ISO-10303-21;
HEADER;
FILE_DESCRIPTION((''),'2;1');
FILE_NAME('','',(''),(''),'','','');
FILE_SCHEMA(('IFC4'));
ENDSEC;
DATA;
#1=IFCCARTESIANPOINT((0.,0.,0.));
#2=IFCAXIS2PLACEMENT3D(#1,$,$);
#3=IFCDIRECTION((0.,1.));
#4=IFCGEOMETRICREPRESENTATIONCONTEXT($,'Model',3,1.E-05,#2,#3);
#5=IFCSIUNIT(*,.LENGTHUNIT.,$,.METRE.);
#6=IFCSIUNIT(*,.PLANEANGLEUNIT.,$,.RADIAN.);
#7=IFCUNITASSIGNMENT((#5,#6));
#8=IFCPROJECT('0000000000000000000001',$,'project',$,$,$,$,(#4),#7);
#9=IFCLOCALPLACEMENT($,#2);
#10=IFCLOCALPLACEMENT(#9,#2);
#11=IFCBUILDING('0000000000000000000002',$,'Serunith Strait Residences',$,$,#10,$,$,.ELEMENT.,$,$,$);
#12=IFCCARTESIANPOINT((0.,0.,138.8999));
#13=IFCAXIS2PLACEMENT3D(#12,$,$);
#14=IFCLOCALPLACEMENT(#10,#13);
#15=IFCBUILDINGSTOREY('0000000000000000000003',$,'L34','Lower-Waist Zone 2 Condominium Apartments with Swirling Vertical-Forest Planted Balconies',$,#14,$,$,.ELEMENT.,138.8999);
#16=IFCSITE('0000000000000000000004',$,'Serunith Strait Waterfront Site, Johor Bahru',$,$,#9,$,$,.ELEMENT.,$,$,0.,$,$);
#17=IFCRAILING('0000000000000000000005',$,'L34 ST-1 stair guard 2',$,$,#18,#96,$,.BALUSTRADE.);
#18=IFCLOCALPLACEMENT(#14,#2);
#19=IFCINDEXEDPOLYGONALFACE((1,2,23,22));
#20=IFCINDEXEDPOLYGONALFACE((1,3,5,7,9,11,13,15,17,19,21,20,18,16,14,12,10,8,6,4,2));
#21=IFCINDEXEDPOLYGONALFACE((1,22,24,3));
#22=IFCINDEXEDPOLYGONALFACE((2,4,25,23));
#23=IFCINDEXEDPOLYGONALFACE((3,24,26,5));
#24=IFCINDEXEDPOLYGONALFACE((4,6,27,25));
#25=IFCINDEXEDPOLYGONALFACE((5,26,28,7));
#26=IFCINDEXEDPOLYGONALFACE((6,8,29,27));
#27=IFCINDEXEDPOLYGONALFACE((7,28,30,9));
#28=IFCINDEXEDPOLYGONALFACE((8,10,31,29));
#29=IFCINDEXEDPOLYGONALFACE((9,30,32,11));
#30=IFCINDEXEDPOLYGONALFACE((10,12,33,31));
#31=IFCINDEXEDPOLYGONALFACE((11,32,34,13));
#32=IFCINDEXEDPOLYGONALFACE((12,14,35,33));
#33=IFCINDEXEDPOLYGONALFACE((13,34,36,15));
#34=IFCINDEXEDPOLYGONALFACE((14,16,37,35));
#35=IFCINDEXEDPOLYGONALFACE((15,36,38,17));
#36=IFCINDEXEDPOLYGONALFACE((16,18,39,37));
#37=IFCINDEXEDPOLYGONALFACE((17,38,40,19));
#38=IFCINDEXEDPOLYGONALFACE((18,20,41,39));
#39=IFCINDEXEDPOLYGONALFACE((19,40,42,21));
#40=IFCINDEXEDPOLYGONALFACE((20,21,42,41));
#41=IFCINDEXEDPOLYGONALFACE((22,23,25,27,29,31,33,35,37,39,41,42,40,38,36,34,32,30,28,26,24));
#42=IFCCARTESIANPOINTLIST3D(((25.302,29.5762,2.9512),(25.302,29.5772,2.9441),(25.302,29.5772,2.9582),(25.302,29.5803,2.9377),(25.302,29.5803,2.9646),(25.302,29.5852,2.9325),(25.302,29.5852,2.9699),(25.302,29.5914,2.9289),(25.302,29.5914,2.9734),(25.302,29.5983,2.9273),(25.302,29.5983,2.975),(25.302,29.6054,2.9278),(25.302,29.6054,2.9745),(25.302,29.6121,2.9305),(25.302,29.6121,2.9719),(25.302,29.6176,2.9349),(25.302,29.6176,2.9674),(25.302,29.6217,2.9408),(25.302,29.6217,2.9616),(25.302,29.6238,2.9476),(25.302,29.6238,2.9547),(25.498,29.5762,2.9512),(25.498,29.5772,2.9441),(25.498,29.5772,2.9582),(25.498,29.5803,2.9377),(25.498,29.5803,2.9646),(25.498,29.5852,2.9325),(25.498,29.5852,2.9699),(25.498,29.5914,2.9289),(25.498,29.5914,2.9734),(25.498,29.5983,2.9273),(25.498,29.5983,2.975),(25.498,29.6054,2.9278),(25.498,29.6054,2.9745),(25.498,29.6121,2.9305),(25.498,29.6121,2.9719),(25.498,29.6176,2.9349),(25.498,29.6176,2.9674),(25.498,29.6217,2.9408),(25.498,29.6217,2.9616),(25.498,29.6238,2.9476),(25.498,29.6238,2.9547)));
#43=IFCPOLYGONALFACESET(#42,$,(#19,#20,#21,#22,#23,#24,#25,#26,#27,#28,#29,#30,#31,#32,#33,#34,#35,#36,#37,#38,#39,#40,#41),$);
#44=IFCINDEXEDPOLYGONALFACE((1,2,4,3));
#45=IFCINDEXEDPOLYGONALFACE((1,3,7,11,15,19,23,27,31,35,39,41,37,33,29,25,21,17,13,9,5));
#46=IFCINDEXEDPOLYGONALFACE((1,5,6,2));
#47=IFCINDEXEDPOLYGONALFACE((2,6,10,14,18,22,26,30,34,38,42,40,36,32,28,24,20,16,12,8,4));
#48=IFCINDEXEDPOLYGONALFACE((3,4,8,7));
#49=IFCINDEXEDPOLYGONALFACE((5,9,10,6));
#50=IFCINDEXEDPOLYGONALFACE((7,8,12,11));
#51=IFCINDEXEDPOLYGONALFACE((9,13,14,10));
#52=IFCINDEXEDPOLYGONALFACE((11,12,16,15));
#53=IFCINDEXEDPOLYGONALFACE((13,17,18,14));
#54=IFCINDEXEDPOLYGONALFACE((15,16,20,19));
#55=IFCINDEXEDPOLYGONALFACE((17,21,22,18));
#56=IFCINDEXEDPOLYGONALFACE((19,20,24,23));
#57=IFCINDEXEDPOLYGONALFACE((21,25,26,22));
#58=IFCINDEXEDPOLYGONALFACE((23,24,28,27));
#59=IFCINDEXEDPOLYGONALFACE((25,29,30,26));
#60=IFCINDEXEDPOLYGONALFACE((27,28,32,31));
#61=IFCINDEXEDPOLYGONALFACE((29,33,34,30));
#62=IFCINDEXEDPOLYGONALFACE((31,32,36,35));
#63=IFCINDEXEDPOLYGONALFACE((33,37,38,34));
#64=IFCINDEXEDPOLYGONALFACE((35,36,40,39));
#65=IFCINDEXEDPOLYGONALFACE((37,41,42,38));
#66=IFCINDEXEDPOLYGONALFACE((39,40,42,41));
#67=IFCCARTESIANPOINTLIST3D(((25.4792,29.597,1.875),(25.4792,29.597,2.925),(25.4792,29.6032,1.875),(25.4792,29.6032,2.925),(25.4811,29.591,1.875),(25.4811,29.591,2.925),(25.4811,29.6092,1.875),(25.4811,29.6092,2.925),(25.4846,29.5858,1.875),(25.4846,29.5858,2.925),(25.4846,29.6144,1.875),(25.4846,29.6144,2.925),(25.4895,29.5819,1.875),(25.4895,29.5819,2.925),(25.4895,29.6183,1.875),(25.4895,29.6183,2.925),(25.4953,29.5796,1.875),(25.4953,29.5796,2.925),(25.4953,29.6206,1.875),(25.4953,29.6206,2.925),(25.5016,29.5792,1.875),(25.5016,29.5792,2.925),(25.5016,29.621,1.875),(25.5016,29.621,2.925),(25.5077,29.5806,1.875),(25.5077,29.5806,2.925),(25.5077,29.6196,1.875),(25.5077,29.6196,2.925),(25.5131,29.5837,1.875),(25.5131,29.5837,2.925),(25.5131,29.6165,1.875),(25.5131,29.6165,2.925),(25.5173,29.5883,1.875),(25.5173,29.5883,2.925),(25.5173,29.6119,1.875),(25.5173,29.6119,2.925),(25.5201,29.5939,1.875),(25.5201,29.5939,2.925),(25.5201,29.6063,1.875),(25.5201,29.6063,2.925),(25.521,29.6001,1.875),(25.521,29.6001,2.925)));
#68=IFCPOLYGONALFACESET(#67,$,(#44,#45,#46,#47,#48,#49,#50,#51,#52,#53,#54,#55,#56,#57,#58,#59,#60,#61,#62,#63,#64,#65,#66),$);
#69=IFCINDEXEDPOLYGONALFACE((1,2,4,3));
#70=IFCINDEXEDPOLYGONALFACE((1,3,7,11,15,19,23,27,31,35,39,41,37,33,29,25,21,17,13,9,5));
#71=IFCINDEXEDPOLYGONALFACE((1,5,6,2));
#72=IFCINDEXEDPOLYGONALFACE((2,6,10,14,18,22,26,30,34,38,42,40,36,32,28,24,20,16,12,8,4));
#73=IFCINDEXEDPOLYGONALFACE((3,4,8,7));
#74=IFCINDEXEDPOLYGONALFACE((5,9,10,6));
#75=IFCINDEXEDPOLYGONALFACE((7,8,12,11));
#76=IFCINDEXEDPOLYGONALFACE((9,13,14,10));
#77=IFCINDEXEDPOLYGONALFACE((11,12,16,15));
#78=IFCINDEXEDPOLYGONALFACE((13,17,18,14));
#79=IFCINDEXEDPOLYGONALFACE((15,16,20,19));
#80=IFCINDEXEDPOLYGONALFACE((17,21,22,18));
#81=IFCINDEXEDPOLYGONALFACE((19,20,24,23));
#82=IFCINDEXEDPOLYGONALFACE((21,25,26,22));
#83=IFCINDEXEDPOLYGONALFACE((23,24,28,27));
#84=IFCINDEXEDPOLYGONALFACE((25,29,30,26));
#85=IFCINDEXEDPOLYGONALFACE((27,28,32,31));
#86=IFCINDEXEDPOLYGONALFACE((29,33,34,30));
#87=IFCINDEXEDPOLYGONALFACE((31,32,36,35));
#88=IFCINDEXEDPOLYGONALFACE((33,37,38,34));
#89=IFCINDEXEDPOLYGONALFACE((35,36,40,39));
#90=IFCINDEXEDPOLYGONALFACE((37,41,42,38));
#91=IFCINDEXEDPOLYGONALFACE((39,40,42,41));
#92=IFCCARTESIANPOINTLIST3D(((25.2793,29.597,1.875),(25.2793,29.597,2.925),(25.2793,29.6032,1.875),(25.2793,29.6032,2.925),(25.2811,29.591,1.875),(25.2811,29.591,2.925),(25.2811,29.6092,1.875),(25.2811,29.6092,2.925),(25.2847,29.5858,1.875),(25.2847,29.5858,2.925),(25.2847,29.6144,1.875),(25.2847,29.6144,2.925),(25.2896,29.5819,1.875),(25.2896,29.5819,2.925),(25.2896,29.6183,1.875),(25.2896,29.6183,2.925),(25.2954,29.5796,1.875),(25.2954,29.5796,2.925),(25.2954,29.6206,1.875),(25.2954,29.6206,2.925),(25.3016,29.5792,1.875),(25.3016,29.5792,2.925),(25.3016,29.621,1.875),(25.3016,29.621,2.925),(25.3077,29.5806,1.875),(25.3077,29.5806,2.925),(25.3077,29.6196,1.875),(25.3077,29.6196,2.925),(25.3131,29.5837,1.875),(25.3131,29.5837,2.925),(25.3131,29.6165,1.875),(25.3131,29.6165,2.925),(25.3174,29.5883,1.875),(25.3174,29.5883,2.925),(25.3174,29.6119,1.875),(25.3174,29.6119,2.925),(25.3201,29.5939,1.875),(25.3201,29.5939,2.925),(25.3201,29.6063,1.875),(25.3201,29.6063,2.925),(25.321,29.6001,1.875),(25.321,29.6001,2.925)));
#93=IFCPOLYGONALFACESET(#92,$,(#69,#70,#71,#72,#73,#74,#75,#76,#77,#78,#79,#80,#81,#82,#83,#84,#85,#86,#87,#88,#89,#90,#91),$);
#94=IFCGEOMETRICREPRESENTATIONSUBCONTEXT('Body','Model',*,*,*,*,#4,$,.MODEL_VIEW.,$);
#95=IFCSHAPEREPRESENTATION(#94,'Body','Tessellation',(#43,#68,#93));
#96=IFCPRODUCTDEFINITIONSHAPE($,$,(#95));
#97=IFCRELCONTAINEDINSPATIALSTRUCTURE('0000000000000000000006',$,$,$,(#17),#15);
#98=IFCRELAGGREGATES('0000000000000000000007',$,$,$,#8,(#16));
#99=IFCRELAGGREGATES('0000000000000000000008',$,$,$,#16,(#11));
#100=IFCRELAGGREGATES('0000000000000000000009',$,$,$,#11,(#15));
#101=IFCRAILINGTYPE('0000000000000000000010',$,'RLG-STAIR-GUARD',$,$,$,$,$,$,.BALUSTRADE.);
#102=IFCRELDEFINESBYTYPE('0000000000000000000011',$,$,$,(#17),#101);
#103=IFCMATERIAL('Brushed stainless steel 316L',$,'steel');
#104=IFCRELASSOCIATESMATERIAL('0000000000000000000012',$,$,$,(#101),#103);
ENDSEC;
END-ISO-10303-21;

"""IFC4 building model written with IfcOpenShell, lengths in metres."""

from ifc_helpers import new_model, si_unit, direction, frame, origin, origin_2d, place, context, subcontext, project, spatial, circle, extrude, material, type_object, element, save


model = new_model("IFC4")

# Units and contexts
model_context = context("Model", 3, precision=1e-05, world=origin(), true_north=direction((0.0, 1.0)))
body_context = subcontext(model_context, "Body", "Model", "MODEL_VIEW")
ifc_project = project(units=[si_unit("LENGTHUNIT", "METRE"), si_unit("PLANEANGLEUNIT", "RADIAN")], contexts=[model_context])

# Site, building, storey
site_placement = place(None, origin())
site = spatial("IfcSite", under=ifc_project, at=site_placement, Name="Serunith Strait Waterfront Site, Johor Bahru", CompositionType="ELEMENT", RefElevation=0.0)
building_placement = place(site_placement, origin())
building = spatial("IfcBuilding", under=site, at=building_placement, Name="Serunith Strait Residences", CompositionType="ELEMENT")
storey_placement = place(building_placement, frame((0.0, 0.0, 138.8999)))
storey = spatial("IfcBuildingStorey", under=building, at=storey_placement, Name="L34", Description="Lower-Waist Zone 2 Condominium Apartments with Swirling Vertical-Forest Planted Balconies", CompositionType="ELEMENT", Elevation=138.8999)

# Railing
ifc_material_1 = material(Name="Brushed stainless steel 316L", Category="steel")
railing_type_1 = type_object("IfcRailingType", Name="RLG-STAIR-GUARD", PredefinedType="BALUSTRADE", material=ifc_material_1)
railing_1_placement = place(storey_placement, frame((25.5, 29.6001, 1.875)))
element("IfcRailing", 1, at=railing_1_placement, inside=storey, type_object=railing_type_1, Name="L34 ST-1 stair guard 2", PredefinedType="BALUSTRADE", context=body_context, shape_type="SweptSolid", body=[
    extrude(circle(Radius=0.0239, at=origin_2d()), frame((-0.002, 0.0, 1.0762), z_axis=(-1.0, 0.0, 0.0), x_axis=(0.0, -1.0, 0.0)), (0.0, 0.0, 1.0), 0.196),
    extrude(circle(Radius=0.021, at=origin_2d()), origin(), (0.0, 0.0, 1.0), 1.05),
    extrude(circle(Radius=0.021, at=origin_2d()), frame((-0.2, 0.0, 0.0)), (0.0, 0.0, 1.0), 1.05),
])

save(model, "model.ifc")
